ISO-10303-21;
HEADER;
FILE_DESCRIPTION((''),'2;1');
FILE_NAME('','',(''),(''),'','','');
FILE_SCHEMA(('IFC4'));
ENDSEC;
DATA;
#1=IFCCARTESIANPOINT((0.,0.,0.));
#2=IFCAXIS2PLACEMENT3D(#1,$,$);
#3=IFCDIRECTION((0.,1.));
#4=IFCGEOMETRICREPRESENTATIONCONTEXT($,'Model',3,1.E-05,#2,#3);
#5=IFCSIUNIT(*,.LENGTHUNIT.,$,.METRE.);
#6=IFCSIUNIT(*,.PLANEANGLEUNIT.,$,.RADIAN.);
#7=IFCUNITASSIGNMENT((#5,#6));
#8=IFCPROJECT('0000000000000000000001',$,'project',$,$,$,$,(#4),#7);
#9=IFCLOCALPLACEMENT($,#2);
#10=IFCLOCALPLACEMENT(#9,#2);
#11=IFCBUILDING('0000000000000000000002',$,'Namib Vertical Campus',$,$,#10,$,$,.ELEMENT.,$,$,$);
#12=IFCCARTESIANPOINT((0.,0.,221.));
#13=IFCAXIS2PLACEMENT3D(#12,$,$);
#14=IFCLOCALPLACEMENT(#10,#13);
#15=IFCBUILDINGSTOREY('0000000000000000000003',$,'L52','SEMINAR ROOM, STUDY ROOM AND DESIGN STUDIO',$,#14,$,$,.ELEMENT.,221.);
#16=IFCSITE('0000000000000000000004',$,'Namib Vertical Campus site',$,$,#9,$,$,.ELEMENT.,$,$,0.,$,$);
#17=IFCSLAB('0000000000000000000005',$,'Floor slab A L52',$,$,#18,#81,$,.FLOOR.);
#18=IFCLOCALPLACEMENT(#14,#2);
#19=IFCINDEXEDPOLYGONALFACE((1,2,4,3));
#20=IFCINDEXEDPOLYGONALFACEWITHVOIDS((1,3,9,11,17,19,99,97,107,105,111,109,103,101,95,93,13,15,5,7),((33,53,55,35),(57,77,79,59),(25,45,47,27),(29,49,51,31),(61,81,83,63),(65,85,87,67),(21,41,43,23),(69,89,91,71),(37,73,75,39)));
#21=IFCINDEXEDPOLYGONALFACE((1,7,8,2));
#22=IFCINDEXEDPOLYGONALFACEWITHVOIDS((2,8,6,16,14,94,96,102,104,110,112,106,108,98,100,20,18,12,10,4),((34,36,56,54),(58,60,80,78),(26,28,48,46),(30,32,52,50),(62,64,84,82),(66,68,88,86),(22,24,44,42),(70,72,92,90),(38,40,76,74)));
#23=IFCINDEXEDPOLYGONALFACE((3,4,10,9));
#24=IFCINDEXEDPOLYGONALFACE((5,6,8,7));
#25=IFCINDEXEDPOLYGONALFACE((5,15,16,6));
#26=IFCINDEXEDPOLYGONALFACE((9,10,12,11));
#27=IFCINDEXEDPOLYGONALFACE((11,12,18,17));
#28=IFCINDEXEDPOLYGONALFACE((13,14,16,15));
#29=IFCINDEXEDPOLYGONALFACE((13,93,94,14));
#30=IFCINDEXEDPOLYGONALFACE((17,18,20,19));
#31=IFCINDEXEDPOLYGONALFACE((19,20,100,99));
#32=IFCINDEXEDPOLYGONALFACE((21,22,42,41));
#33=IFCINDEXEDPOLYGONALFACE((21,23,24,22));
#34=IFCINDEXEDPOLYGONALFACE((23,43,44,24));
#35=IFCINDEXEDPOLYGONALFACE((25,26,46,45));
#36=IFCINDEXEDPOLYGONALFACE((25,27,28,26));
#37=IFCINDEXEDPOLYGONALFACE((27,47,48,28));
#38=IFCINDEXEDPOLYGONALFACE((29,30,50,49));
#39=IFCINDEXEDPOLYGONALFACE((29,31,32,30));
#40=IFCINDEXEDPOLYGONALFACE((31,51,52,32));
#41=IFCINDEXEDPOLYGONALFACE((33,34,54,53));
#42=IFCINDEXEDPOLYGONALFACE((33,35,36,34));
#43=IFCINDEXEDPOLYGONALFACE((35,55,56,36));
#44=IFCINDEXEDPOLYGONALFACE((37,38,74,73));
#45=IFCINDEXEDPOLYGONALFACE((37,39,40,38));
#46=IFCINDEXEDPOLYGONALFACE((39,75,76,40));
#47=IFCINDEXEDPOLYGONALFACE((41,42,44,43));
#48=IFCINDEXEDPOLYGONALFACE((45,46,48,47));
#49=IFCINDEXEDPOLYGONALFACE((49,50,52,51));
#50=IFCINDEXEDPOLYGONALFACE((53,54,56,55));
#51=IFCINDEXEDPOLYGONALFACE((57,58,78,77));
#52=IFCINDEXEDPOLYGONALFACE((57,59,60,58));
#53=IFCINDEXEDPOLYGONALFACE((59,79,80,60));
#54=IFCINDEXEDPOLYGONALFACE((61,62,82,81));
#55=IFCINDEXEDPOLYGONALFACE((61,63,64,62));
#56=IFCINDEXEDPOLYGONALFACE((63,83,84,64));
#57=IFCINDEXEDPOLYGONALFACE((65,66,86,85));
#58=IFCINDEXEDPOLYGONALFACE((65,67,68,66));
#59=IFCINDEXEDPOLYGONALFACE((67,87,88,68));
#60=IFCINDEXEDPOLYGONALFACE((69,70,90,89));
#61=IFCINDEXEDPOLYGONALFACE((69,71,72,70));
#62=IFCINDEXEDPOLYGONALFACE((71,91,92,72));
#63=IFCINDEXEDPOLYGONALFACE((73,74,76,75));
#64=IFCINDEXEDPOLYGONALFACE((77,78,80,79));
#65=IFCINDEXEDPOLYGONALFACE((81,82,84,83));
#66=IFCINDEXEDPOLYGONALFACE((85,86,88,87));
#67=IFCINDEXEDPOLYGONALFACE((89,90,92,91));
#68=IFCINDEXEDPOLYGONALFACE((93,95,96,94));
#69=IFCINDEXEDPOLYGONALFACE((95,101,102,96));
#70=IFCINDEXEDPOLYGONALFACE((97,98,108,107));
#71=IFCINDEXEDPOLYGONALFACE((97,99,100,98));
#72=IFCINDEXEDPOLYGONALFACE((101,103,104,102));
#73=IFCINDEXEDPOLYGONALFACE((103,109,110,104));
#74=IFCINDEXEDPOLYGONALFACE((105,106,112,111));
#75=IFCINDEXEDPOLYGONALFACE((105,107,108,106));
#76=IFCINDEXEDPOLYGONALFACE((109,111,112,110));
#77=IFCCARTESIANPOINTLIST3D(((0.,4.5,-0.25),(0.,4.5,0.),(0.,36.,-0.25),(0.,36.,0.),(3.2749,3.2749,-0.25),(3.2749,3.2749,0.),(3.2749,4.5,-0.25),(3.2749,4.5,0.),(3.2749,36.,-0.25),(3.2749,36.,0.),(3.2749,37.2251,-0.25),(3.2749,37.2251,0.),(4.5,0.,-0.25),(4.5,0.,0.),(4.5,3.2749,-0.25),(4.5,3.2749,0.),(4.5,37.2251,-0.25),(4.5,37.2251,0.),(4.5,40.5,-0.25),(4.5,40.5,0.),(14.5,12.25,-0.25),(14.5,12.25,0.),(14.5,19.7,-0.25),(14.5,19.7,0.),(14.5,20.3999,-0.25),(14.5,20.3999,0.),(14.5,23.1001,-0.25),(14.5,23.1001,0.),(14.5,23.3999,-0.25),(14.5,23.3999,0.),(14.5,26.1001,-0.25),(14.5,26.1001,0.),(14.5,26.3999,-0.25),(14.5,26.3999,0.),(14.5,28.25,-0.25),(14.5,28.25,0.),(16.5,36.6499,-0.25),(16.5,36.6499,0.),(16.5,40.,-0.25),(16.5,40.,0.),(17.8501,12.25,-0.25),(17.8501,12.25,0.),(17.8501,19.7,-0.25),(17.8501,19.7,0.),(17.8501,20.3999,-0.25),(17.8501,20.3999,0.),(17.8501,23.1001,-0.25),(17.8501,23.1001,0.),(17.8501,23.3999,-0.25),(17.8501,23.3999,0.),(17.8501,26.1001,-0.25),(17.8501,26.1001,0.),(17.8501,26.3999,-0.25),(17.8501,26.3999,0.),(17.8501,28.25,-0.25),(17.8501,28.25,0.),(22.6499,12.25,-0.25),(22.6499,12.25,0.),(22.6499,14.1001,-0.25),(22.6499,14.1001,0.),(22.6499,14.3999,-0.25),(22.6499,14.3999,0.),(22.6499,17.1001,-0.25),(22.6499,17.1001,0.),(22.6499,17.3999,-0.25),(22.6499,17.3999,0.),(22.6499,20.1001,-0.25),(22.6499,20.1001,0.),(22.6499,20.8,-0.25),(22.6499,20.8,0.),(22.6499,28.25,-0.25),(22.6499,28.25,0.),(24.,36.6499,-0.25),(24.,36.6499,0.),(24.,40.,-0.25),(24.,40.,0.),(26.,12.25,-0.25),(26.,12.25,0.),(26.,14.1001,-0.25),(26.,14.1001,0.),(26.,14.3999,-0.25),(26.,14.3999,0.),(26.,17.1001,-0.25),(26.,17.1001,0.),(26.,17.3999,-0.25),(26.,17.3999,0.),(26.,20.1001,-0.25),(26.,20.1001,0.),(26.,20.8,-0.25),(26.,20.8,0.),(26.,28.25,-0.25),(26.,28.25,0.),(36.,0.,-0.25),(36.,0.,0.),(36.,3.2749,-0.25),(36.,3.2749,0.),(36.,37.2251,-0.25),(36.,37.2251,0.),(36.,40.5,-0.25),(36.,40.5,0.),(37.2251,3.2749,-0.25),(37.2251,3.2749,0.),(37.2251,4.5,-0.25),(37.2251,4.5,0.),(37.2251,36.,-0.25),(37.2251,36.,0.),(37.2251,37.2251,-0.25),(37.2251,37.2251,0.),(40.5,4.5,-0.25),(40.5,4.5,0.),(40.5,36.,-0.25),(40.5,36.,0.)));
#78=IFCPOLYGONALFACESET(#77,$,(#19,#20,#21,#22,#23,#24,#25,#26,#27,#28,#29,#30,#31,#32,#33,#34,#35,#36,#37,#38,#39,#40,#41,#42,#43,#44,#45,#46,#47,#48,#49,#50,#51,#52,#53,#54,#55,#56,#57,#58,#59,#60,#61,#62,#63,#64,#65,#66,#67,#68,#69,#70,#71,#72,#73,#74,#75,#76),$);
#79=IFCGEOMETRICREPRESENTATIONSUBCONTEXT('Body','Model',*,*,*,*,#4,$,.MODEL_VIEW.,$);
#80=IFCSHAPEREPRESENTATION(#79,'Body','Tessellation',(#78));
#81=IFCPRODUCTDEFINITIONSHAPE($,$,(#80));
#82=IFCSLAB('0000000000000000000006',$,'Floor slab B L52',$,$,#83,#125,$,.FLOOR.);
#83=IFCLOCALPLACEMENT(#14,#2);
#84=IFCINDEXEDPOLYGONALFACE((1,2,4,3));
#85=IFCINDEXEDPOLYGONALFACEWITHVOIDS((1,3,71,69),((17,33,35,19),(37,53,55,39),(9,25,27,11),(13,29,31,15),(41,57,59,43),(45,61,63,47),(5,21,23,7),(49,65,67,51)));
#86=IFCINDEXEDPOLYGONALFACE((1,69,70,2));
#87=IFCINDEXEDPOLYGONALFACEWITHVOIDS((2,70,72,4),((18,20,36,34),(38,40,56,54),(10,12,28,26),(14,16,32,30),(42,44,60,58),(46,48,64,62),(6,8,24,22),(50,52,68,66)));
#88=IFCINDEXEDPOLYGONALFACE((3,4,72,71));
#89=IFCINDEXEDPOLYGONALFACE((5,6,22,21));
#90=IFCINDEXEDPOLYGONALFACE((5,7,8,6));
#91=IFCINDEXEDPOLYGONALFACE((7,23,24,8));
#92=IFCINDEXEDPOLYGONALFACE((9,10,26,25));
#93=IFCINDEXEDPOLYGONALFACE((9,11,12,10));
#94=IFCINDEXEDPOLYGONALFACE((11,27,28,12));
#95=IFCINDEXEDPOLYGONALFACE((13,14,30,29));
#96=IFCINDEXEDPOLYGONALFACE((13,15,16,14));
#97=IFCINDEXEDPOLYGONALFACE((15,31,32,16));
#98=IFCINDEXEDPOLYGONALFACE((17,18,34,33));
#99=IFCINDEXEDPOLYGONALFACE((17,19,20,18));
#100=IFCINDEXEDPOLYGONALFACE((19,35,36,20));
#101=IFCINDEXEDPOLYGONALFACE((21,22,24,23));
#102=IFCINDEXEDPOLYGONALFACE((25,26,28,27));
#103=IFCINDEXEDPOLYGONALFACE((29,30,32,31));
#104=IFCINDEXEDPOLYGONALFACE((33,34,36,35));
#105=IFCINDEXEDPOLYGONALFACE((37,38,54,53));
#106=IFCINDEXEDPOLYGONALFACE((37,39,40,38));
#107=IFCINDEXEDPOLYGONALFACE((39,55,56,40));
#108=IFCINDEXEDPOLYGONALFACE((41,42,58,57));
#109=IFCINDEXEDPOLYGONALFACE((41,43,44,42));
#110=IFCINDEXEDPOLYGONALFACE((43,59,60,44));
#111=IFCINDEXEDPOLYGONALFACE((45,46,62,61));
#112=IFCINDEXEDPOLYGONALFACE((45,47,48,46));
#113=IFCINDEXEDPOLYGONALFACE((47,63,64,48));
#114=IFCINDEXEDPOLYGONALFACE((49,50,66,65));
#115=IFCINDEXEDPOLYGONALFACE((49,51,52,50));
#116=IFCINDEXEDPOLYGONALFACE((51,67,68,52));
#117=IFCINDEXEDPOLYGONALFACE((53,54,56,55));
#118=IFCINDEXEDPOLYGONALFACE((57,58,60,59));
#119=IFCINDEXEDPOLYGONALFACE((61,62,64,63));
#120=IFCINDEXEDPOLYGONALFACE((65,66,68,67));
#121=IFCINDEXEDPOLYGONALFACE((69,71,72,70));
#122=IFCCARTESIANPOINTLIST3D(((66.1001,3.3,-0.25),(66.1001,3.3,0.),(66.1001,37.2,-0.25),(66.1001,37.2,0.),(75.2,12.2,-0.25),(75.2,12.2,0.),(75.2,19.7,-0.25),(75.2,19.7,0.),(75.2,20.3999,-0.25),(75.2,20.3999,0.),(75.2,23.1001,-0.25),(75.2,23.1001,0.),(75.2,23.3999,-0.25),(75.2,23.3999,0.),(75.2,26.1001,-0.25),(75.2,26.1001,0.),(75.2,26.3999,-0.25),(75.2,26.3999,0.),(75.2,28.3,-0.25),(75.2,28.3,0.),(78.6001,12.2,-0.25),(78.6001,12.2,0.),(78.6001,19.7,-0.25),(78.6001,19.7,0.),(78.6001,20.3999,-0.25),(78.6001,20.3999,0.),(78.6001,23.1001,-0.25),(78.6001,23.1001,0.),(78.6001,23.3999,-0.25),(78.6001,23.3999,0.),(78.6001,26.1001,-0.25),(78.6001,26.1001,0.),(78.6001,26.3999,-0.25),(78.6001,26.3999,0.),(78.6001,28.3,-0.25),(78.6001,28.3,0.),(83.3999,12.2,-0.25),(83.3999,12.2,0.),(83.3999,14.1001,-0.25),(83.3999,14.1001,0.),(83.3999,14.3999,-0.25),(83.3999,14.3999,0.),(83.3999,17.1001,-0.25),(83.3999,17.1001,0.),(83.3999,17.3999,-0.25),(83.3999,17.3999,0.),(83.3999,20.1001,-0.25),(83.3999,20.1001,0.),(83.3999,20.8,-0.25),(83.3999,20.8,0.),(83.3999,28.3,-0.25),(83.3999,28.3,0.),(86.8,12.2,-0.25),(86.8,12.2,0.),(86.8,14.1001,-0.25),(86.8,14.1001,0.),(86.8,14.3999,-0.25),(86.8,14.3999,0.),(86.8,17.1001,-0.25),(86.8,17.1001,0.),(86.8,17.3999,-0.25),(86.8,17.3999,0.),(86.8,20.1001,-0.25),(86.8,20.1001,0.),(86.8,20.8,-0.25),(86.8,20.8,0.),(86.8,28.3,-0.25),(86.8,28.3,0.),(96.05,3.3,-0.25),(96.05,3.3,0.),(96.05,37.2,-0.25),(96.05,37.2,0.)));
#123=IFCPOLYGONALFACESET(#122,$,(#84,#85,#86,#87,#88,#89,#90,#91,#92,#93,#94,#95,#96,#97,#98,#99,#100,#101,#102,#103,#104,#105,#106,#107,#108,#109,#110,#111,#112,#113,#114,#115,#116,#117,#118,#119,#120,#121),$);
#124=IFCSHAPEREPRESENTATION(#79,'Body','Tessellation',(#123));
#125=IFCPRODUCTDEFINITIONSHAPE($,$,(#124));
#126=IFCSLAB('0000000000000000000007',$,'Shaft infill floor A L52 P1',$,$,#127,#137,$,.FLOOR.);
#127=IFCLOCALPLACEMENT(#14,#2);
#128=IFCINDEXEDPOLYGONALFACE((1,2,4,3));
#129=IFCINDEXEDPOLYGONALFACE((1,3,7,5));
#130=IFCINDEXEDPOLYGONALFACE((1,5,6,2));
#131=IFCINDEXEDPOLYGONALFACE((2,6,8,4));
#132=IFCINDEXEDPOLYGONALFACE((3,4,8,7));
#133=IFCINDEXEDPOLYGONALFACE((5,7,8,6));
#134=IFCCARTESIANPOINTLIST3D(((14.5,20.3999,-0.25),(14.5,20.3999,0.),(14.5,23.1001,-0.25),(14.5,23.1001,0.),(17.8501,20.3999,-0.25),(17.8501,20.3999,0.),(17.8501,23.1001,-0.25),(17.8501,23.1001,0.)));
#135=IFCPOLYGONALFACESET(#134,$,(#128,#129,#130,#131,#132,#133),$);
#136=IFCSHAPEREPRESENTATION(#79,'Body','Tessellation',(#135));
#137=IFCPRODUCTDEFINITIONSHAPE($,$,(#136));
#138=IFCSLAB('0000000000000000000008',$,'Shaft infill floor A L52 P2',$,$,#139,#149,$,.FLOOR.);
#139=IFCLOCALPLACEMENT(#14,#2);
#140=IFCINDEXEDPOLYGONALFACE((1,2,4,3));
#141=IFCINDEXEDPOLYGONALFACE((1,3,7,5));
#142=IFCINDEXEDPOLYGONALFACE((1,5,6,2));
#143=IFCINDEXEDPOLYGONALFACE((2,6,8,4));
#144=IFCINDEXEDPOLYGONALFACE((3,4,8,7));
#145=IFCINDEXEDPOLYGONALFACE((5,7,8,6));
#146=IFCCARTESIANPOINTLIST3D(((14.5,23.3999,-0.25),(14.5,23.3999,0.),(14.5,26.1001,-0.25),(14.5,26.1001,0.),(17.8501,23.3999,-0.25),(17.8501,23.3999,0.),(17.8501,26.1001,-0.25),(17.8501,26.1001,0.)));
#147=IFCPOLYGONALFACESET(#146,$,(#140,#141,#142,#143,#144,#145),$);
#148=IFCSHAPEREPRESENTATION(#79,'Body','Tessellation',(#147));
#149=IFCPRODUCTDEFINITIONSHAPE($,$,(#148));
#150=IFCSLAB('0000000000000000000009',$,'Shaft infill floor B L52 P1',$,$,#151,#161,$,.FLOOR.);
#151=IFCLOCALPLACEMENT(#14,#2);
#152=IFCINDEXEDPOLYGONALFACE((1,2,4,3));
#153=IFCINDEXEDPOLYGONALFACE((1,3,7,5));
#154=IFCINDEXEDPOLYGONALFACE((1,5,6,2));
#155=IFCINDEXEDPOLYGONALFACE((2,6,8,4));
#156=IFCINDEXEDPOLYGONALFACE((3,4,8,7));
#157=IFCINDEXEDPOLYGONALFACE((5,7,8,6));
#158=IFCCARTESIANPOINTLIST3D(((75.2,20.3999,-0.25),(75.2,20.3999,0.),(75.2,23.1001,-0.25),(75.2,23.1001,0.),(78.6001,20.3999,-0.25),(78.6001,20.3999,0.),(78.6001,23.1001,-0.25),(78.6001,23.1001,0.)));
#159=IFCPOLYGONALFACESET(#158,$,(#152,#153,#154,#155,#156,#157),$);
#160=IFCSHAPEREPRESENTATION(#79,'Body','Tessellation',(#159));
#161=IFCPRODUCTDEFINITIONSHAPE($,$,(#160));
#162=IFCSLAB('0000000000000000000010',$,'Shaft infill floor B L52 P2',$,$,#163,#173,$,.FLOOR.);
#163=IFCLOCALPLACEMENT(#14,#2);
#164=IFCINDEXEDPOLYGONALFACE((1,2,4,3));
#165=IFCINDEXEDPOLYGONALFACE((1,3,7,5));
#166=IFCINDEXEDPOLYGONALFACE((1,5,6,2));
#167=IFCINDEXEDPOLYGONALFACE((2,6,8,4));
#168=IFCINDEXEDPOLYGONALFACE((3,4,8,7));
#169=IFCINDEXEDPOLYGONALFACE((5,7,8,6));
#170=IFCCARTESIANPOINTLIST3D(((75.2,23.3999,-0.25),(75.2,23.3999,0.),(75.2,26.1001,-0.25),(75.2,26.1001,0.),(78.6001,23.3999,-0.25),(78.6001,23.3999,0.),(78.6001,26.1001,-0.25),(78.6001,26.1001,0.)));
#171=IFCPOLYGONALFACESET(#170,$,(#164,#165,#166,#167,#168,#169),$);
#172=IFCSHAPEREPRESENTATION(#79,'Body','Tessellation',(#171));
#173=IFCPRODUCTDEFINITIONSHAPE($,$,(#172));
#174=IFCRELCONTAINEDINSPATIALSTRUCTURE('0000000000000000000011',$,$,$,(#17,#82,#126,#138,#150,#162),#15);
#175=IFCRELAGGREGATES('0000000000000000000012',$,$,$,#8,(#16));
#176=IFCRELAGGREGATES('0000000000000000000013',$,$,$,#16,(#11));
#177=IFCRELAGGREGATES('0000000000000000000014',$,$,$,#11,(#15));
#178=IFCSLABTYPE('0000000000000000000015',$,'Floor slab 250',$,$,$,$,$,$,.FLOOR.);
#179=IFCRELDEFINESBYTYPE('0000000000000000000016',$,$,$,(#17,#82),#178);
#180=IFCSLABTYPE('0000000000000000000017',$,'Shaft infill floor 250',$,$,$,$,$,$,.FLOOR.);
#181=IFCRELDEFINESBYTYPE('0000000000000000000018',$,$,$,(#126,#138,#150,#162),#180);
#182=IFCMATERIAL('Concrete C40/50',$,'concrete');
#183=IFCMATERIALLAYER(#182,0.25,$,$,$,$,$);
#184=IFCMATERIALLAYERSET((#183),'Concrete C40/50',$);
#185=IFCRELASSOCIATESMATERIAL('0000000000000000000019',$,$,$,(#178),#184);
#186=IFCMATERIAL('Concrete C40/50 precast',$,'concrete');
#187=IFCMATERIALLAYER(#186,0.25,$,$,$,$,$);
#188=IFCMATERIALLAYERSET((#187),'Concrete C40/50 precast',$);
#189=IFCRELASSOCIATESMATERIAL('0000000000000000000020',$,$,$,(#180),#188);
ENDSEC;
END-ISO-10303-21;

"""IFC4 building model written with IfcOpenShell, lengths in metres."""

from ifc_helpers import new_model, si_unit, direction, frame, origin, place, context, subcontext, project, spatial, polyline, outline, extrude, material, layer, layer_set, type_object, element, save


model = new_model("IFC4")

# Units and contexts
model_context = context("Model", 3, precision=1e-05, world=origin(), true_north=direction((0.0, 1.0)))
body_context = subcontext(model_context, "Body", "Model", "MODEL_VIEW")
ifc_project = project(units=[si_unit("LENGTHUNIT", "METRE"), si_unit("PLANEANGLEUNIT", "RADIAN")], contexts=[model_context])

# Site, building, storey
site_placement = place(None, origin())
site = spatial("IfcSite", under=ifc_project, at=site_placement, Name="Namib Vertical Campus site", CompositionType="ELEMENT", RefElevation=0.0)
building_placement = place(site_placement, origin())
building = spatial("IfcBuilding", under=site, at=building_placement, Name="Namib Vertical Campus", CompositionType="ELEMENT")
storey_placement = place(building_placement, frame((0.0, 0.0, 221.0)))
storey = spatial("IfcBuildingStorey", under=building, at=storey_placement, Name="L52", Description="SEMINAR ROOM, STUDY ROOM AND DESIGN STUDIO", CompositionType="ELEMENT", Elevation=221.0)

# Slabs
ifc_material_1 = material(Name="Concrete C40/50", Category="concrete")
ifc_layer_1 = layer(ifc_material_1, 0.25)
ifc_layer_set_1 = layer_set([ifc_layer_1], Name="Concrete C40/50")
slab_type_1 = type_object("IfcSlabType", Name="Floor slab 250", PredefinedType="FLOOR", material=ifc_layer_set_1)
slab_1_placement = place(storey_placement, frame((0.0, 0.0, -0.25)))
element("IfcSlab", 1, at=slab_1_placement, inside=storey, type_object=slab_type_1, Name="Floor slab A L52", PredefinedType="FLOOR", context=body_context, shape_type="SweptSolid", body=[
    extrude(outline(polyline([(4.5, 0.0), (36.0, 0.0), (36.0, 3.2749), (37.2251, 3.2749), (37.2251, 4.5), (40.5, 4.5), (40.5, 36.0), (37.2251, 36.0), (37.2251, 37.2251), (36.0, 37.2251), (36.0, 40.5), (4.5, 40.5), (4.5, 37.2251), (3.2749, 37.2251), (3.2749, 36.0), (0.0, 36.0), (0.0, 4.5), (3.2749, 4.5), (3.2749, 3.2749), (4.5, 3.2749), (4.5, 0.0)]), holes=[polyline([(14.5, 12.25), (17.8501, 12.25), (17.8501, 19.7), (14.5, 19.7), (14.5, 12.25)]), polyline([(22.6499, 20.8), (26.0, 20.8), (26.0, 28.25), (22.6499, 28.25), (22.6499, 20.8)]), polyline([(22.6499, 12.25), (26.0, 12.25), (26.0, 14.1001), (22.6499, 14.1001), (22.6499, 12.25)]), polyline([(14.5, 20.3999), (17.8501, 20.3999), (17.8501, 23.1001), (14.5, 23.1001), (14.5, 20.3999)]), polyline([(14.5, 23.3999), (17.8501, 23.3999), (17.8501, 26.1001), (14.5, 26.1001), (14.5, 23.3999)]), polyline([(14.5, 26.3999), (17.8501, 26.3999), (17.8501, 28.25), (14.5, 28.25), (14.5, 26.3999)]), polyline([(22.6499, 14.3999), (26.0, 14.3999), (26.0, 17.1001), (22.6499, 17.1001), (22.6499, 14.3999)]), polyline([(22.6499, 17.3999), (26.0, 17.3999), (26.0, 20.1001), (22.6499, 20.1001), (22.6499, 17.3999)]), polyline([(16.5, 36.6499), (24.0, 36.6499), (24.0, 40.0), (16.5, 40.0), (16.5, 36.6499)])]), origin(), (0.0, 0.0, 1.0), 0.25),
])
slab_2_placement = place(storey_placement, frame((0.0, 0.0, -0.25)))
element("IfcSlab", 2, at=slab_2_placement, inside=storey, type_object=slab_type_1, Name="Floor slab B L52", PredefinedType="FLOOR", context=body_context, shape_type="SweptSolid", body=[
    extrude(outline(polyline([(66.1001, 3.3), (96.05, 3.3), (96.05, 37.2), (66.1001, 37.2), (66.1001, 3.3)]), holes=[polyline([(75.2, 12.2), (78.6001, 12.2), (78.6001, 19.7), (75.2, 19.7), (75.2, 12.2)]), polyline([(83.3999, 20.8), (86.8, 20.8), (86.8, 28.3), (83.3999, 28.3), (83.3999, 20.8)]), polyline([(83.3999, 12.2), (86.8, 12.2), (86.8, 14.1001), (83.3999, 14.1001), (83.3999, 12.2)]), polyline([(75.2, 20.3999), (78.6001, 20.3999), (78.6001, 23.1001), (75.2, 23.1001), (75.2, 20.3999)]), polyline([(75.2, 23.3999), (78.6001, 23.3999), (78.6001, 26.1001), (75.2, 26.1001), (75.2, 23.3999)]), polyline([(75.2, 26.3999), (78.6001, 26.3999), (78.6001, 28.3), (75.2, 28.3), (75.2, 26.3999)]), polyline([(83.3999, 14.3999), (86.8, 14.3999), (86.8, 17.1001), (83.3999, 17.1001), (83.3999, 14.3999)]), polyline([(83.3999, 17.3999), (86.8, 17.3999), (86.8, 20.1001), (83.3999, 20.1001), (83.3999, 17.3999)])]), origin(), (0.0, 0.0, 1.0), 0.25),
])
ifc_material_2 = material(Name="Concrete C40/50 precast", Category="concrete")
ifc_layer_2 = layer(ifc_material_2, 0.25)
ifc_layer_set_2 = layer_set([ifc_layer_2], Name="Concrete C40/50 precast")
slab_type_2 = type_object("IfcSlabType", Name="Shaft infill floor 250", PredefinedType="FLOOR", material=ifc_layer_set_2)
slab_3_placement = place(storey_placement, frame((0.0, 0.0, -0.25)))
element("IfcSlab", 3, at=slab_3_placement, inside=storey, type_object=slab_type_2, Name="Shaft infill floor A L52 P1", PredefinedType="FLOOR", context=body_context, shape_type="SweptSolid", body=[
    extrude(outline(polyline([(14.5, 20.3999), (17.8501, 20.3999), (17.8501, 23.1001), (14.5, 23.1001), (14.5, 20.3999)])), origin(), (0.0, 0.0, 1.0), 0.25),
])
slab_4_placement = place(storey_placement, frame((0.0, 0.0, -0.25)))
element("IfcSlab", 4, at=slab_4_placement, inside=storey, type_object=slab_type_2, Name="Shaft infill floor A L52 P2", PredefinedType="FLOOR", context=body_context, shape_type="SweptSolid", body=[
    extrude(outline(polyline([(14.5, 23.3999), (17.8501, 23.3999), (17.8501, 26.1001), (14.5, 26.1001), (14.5, 23.3999)])), origin(), (0.0, 0.0, 1.0), 0.25),
])
slab_5_placement = place(storey_placement, frame((0.0, 0.0, -0.25)))
element("IfcSlab", 5, at=slab_5_placement, inside=storey, type_object=slab_type_2, Name="Shaft infill floor B L52 P1", PredefinedType="FLOOR", context=body_context, shape_type="SweptSolid", body=[
    extrude(outline(polyline([(75.2, 20.3999), (78.6001, 20.3999), (78.6001, 23.1001), (75.2, 23.1001), (75.2, 20.3999)])), origin(), (0.0, 0.0, 1.0), 0.25),
])
slab_6_placement = place(storey_placement, frame((0.0, 0.0, -0.25)))
element("IfcSlab", 6, at=slab_6_placement, inside=storey, type_object=slab_type_2, Name="Shaft infill floor B L52 P2", PredefinedType="FLOOR", context=body_context, shape_type="SweptSolid", body=[
    extrude(outline(polyline([(75.2, 23.3999), (78.6001, 23.3999), (78.6001, 26.1001), (75.2, 26.1001), (75.2, 23.3999)])), origin(), (0.0, 0.0, 1.0), 0.25),
])

save(model, "model.ifc")
